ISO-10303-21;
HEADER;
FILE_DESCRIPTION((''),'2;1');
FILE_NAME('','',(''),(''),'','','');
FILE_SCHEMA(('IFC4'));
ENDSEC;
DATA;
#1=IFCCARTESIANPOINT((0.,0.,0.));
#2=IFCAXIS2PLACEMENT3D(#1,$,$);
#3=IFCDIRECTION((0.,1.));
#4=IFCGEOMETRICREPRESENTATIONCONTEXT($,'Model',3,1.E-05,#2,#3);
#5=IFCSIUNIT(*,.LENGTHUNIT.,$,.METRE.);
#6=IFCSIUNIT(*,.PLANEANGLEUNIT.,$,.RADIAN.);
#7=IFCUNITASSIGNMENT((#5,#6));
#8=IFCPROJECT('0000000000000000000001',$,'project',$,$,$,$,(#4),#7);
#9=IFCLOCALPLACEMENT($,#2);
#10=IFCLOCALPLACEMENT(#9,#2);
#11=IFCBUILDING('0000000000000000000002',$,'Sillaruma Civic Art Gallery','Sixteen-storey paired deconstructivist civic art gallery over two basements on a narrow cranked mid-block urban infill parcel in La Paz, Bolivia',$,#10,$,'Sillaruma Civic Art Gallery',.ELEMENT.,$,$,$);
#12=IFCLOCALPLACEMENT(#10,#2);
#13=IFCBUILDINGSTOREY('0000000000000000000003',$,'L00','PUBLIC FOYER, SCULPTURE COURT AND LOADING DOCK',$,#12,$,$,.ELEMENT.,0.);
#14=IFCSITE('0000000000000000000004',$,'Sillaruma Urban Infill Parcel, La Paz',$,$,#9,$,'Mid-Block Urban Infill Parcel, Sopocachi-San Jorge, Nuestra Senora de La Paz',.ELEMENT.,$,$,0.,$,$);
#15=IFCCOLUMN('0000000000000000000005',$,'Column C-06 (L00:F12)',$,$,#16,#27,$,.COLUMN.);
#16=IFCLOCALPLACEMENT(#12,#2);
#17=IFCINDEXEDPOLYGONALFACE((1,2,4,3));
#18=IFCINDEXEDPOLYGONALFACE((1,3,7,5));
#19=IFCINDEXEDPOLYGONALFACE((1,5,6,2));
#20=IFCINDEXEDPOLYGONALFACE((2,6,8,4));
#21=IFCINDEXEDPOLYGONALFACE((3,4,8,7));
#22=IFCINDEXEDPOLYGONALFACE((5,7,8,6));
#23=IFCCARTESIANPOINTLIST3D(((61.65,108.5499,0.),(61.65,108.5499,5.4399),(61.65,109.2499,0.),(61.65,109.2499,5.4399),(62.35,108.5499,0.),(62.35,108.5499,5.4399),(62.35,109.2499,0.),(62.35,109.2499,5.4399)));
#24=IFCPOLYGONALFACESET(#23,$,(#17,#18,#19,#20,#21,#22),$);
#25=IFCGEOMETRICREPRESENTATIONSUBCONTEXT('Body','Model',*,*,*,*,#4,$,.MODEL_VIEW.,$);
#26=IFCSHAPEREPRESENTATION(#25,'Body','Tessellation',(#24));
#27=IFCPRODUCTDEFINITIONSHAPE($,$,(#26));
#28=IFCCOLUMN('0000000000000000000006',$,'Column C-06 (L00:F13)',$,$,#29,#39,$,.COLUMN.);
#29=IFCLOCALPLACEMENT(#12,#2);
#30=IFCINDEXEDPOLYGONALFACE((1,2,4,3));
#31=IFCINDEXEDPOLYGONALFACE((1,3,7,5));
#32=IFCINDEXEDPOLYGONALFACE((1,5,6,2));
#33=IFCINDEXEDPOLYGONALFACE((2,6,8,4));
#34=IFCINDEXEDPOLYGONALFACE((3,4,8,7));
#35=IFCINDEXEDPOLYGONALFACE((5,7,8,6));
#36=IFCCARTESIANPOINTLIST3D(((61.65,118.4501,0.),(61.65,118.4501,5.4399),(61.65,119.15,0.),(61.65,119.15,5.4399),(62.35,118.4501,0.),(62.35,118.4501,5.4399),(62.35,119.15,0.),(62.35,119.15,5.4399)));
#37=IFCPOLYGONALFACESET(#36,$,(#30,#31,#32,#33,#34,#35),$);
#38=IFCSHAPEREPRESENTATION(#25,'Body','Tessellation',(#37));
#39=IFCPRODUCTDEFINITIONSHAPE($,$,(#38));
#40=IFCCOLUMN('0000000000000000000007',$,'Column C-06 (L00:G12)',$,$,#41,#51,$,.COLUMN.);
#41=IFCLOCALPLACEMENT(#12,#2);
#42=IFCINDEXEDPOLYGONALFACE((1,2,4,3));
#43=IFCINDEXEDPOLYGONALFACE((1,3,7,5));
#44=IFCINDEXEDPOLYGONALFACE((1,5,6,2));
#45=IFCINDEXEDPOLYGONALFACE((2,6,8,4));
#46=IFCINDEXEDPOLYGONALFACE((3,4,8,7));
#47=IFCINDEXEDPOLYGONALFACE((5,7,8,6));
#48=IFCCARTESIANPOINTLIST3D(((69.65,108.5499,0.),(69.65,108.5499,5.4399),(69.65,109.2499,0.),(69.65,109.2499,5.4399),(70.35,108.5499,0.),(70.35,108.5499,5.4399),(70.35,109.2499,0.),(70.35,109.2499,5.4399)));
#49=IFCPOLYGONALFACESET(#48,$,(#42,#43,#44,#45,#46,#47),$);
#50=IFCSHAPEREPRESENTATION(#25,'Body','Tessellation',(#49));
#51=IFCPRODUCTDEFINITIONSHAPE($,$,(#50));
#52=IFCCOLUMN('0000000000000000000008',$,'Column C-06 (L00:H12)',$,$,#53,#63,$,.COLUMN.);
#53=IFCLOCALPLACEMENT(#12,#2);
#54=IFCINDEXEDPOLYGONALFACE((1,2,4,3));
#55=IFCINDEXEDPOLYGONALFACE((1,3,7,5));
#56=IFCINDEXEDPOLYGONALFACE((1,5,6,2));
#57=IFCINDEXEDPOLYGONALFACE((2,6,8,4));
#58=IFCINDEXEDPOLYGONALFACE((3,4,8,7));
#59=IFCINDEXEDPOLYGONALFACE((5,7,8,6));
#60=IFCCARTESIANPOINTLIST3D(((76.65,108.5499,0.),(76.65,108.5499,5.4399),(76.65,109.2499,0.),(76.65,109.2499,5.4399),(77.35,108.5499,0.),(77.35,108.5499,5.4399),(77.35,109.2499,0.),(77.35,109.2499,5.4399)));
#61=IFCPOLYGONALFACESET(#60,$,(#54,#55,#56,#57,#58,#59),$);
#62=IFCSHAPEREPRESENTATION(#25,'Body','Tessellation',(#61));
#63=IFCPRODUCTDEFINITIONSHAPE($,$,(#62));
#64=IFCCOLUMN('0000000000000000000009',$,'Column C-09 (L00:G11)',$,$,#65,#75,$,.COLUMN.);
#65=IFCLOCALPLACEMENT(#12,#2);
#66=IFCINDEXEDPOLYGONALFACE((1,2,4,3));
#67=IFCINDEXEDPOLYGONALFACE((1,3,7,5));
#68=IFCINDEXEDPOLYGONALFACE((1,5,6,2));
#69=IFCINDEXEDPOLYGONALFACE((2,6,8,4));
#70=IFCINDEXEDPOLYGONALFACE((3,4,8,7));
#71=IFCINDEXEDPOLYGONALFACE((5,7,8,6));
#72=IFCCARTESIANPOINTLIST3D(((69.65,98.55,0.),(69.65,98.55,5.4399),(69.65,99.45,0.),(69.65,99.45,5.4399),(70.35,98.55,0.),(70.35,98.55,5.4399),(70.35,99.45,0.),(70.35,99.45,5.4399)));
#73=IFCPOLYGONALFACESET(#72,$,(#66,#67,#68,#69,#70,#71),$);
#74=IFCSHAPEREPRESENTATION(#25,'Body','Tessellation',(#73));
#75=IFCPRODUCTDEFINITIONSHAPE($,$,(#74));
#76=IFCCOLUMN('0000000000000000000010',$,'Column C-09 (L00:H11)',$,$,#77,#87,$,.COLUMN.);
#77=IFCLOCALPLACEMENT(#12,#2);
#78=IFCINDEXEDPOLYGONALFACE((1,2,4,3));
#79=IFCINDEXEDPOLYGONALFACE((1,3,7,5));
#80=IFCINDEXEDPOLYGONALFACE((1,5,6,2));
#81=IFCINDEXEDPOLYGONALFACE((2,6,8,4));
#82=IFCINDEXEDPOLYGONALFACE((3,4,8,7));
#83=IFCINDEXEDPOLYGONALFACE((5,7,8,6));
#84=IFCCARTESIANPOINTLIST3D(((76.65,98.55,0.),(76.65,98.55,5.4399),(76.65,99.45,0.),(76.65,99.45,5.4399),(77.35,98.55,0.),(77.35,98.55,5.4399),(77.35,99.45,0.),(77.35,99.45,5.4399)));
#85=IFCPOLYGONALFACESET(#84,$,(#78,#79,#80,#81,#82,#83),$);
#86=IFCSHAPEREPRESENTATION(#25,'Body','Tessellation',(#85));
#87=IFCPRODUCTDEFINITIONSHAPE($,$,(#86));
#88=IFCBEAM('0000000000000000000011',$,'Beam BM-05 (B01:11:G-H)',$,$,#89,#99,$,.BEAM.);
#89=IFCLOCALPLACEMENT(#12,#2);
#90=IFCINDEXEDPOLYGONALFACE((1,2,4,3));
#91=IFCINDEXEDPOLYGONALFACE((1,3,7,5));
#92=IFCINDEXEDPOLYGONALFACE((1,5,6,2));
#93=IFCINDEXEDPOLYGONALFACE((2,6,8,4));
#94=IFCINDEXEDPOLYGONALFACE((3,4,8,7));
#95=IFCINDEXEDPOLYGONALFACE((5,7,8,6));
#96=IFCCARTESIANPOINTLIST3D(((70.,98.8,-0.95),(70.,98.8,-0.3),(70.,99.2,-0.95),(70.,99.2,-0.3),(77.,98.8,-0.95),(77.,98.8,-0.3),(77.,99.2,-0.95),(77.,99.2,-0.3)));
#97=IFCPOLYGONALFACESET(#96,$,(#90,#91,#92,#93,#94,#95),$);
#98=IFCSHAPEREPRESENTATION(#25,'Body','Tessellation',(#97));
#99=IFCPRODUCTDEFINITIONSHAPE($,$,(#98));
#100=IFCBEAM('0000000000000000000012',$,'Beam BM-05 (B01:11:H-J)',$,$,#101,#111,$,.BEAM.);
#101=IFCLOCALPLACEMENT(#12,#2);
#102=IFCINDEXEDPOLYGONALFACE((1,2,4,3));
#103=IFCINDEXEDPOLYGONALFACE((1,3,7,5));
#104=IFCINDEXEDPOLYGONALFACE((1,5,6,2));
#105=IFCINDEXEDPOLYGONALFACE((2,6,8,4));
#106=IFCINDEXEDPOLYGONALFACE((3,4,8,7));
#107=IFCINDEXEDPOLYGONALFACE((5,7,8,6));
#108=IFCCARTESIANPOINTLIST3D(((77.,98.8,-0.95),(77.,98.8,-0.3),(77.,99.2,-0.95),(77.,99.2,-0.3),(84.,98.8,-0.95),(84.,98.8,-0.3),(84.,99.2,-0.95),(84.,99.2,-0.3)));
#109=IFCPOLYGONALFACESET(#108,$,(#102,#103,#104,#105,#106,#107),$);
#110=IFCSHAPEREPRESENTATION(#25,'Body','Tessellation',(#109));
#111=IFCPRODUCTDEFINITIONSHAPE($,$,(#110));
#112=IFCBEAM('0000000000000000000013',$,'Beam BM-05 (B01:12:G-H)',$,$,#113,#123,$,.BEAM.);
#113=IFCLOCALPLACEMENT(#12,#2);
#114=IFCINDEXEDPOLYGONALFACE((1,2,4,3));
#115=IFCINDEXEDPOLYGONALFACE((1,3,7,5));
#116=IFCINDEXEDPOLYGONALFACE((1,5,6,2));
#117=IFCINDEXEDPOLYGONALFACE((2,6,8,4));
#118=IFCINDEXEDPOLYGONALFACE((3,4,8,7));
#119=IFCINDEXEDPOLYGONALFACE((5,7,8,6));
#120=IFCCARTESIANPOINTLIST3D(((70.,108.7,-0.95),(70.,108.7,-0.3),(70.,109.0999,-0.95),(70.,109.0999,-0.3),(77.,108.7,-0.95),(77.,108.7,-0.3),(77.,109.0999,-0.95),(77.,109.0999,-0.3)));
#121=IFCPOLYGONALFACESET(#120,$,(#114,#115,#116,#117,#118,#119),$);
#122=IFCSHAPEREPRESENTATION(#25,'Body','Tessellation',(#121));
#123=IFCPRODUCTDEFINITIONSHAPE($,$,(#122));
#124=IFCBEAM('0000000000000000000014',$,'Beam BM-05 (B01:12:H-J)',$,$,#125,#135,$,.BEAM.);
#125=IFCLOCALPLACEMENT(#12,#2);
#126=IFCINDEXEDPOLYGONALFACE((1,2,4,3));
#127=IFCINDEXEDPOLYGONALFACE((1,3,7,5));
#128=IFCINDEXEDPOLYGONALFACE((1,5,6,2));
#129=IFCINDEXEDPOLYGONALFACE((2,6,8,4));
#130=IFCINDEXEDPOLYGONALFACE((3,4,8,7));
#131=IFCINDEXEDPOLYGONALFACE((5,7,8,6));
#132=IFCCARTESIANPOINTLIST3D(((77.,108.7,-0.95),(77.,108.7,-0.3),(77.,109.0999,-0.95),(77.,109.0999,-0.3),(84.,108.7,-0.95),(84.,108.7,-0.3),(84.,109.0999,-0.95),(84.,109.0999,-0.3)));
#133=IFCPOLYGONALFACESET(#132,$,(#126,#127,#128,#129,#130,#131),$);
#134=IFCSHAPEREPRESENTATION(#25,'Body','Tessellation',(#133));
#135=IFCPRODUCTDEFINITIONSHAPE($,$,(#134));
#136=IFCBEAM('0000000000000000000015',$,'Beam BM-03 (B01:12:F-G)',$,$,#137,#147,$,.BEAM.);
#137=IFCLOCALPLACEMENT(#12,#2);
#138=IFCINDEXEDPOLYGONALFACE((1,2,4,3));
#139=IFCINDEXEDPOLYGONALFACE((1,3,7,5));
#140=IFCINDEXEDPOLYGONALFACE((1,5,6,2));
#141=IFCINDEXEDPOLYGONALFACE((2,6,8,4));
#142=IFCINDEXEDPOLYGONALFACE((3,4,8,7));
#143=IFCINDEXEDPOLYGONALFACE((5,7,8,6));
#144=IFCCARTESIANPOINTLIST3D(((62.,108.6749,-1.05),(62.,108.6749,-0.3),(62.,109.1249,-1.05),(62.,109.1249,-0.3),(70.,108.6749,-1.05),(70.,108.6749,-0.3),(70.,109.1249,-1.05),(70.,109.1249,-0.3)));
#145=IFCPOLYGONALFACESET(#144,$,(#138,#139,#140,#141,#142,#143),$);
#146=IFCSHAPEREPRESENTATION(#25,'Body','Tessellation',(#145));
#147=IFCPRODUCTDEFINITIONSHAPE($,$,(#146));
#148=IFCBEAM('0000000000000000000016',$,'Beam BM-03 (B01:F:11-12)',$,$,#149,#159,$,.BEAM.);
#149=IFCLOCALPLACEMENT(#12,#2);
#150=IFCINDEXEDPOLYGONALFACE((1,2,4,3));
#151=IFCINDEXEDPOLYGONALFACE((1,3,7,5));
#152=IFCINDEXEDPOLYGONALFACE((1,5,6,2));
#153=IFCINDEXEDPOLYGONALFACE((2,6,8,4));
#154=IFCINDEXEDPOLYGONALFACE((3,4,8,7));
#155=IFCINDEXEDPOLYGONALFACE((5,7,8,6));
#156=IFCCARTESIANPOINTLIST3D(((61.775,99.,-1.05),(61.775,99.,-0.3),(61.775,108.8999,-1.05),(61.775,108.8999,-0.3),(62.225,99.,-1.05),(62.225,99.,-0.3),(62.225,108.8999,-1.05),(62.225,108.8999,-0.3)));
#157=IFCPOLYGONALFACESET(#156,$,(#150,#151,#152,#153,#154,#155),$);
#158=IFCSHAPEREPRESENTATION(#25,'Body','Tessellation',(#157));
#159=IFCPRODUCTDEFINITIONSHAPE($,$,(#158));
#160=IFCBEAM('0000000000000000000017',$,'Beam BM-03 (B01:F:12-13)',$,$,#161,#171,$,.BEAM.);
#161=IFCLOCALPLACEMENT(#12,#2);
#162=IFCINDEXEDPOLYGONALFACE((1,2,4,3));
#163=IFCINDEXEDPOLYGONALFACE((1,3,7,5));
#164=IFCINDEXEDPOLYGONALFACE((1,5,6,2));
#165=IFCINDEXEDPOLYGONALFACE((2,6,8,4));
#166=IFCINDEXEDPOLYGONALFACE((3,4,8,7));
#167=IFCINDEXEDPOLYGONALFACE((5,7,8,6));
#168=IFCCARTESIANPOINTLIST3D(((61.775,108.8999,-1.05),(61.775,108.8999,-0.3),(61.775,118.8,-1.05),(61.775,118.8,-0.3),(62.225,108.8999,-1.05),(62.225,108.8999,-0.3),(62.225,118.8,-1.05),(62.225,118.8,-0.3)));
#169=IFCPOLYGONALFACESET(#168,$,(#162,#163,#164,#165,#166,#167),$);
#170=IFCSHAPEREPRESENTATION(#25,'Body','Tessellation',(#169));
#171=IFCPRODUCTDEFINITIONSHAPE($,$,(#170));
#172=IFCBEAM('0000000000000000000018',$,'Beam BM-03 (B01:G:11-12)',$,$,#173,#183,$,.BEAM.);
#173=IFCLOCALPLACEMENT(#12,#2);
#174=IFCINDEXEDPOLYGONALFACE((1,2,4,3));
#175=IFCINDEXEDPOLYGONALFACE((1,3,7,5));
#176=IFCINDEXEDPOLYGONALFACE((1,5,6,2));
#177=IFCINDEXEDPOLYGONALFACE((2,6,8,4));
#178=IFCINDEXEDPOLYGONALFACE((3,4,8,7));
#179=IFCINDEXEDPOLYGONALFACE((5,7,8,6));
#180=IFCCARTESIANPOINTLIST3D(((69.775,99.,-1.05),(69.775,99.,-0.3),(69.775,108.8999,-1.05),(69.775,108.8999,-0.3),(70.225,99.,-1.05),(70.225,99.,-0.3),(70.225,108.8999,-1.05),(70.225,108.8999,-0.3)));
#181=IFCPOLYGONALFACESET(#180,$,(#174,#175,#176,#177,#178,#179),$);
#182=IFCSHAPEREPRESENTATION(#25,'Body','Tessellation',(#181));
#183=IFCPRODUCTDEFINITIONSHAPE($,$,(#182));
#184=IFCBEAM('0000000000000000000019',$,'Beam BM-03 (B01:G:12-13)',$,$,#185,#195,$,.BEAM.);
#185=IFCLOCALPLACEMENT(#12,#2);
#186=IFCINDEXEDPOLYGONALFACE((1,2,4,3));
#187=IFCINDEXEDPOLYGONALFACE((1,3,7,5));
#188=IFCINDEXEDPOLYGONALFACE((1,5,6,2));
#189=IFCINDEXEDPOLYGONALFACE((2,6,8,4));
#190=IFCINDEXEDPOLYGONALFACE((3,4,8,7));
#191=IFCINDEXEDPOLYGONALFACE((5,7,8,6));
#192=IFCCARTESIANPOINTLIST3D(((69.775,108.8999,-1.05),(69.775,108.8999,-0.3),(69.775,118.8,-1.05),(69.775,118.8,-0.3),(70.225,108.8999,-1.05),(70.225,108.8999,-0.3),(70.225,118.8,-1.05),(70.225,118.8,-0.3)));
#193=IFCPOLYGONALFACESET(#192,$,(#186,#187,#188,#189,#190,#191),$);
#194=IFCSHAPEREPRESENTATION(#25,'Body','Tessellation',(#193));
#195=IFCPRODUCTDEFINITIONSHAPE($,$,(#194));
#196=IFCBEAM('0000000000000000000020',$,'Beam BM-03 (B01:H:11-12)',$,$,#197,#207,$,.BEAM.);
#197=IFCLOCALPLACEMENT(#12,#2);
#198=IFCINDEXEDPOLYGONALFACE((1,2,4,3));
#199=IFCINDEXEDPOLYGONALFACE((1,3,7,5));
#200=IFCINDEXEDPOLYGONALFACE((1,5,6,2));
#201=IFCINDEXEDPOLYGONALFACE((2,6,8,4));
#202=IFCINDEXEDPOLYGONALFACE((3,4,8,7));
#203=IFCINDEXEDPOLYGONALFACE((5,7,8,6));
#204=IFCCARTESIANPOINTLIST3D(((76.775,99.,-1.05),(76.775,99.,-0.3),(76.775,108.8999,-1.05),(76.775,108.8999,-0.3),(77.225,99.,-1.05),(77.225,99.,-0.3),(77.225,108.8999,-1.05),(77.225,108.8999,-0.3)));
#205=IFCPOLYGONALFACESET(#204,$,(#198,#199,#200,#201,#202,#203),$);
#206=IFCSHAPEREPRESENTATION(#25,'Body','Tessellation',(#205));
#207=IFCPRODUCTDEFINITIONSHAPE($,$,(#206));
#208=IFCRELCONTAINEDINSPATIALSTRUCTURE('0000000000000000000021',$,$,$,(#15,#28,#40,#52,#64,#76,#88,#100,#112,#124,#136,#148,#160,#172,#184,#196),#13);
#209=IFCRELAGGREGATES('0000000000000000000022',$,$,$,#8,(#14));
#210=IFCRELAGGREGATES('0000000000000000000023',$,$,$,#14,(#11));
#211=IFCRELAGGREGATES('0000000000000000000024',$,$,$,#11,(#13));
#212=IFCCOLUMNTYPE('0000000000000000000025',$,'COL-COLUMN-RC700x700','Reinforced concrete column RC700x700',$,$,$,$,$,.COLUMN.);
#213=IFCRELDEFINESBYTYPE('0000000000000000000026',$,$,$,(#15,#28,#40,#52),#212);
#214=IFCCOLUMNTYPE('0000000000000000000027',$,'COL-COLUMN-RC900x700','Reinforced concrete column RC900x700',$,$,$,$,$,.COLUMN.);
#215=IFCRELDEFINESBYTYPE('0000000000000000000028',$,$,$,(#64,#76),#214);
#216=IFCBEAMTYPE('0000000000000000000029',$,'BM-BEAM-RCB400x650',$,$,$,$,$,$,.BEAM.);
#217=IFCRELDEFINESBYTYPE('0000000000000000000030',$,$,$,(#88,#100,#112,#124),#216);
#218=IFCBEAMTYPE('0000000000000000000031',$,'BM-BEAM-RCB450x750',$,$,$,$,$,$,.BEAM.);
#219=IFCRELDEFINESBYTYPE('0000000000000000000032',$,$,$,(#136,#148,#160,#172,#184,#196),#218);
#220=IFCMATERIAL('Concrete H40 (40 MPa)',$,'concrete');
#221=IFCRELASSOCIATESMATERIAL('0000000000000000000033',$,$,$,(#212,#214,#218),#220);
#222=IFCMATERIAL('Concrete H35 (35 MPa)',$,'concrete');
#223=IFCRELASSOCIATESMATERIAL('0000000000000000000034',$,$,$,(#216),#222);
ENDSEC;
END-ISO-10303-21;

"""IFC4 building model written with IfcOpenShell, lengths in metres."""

from ifc_helpers import new_model, si_unit, direction, frame, origin, origin_2d, place, context, subcontext, project, spatial, rectangle, extrude, material, material_profile, profile_set, type_object, element, save


model = new_model("IFC4")

# Units and contexts
model_context = context("Model", 3, precision=1e-05, world=origin(), true_north=direction((0.0, 1.0)))
body_context = subcontext(model_context, "Body", "Model", "MODEL_VIEW")
ifc_project = project(units=[si_unit("LENGTHUNIT", "METRE"), si_unit("PLANEANGLEUNIT", "RADIAN")], contexts=[model_context])

# Site, building, storey
site_placement = place(None, origin())
site = spatial("IfcSite", under=ifc_project, at=site_placement, Name="Sillaruma Urban Infill Parcel, La Paz", LongName="Mid-Block Urban Infill Parcel, Sopocachi-San Jorge, Nuestra Senora de La Paz", CompositionType="ELEMENT", RefElevation=0.0)
building_placement = place(site_placement, origin())
building = spatial("IfcBuilding", under=site, at=building_placement, Name="Sillaruma Civic Art Gallery", Description="Sixteen-storey paired deconstructivist civic art gallery over two basements on a narrow cranked mid-block urban infill parcel in La Paz, Bolivia", LongName="Sillaruma Civic Art Gallery", CompositionType="ELEMENT")
storey_placement = place(building_placement, origin())
storey = spatial("IfcBuildingStorey", under=building, at=storey_placement, Name="L00", Description="PUBLIC FOYER, SCULPTURE COURT AND LOADING DOCK", CompositionType="ELEMENT", Elevation=0.0)

# Columns
ifc_material_1 = material(Name="Concrete H40 (40 MPa)", Category="concrete")
ifc_material_profile_1 = material_profile(ifc_material_1, rectangle(XDim=0.7, YDim=0.7, at=origin_2d()), Name="RC700x700")
ifc_profile_set_1 = profile_set([ifc_material_profile_1], Name="Concrete H40 (40 MPa)")
column_type_1 = type_object("IfcColumnType", Name="COL-COLUMN-RC700x700", Description="Reinforced concrete column RC700x700", PredefinedType="COLUMN", material=ifc_profile_set_1)
for number, where, z_axis, x_axis, name in (
    (1, (62.0, 108.8999, 0.0), (0.0, 0.0, 1.0), (1.0, 0.0, 0.0), "Column C-06 (L00:F12)"),
    (2, (62.0, 118.8, 0.0), (0.0, 0.0, 1.0), (1.0, 0.0, 0.0), "Column C-06 (L00:F13)"),
    (3, (70.0, 108.8999, 0.0), (0.0, 0.0, 1.0), (1.0, 0.0, 0.0), "Column C-06 (L00:G12)"),
    (4, (77.0, 108.8999, 0.0), (0.0, 0.0, 1.0), (1.0, 0.0, 0.0), "Column C-06 (L00:H12)"),
):
    element("IfcColumn", number, at=place(storey_placement, frame(where, z_axis=z_axis, x_axis=x_axis)), inside=storey, type_object=column_type_1, Name=name, PredefinedType="COLUMN", context=body_context, shape_type="SweptSolid", body=[
        extrude(rectangle(XDim=0.7, YDim=0.7, at=origin_2d()), origin(), (0.0, 0.0, 1.0), 5.4399),
    ])
ifc_material_profile_2 = material_profile(ifc_material_1, rectangle(XDim=0.7, YDim=0.8999, at=origin_2d()), Name="RC900x700")
ifc_profile_set_2 = profile_set([ifc_material_profile_2], Name="Concrete H40 (40 MPa)")
column_type_2 = type_object("IfcColumnType", Name="COL-COLUMN-RC900x700", Description="Reinforced concrete column RC900x700", PredefinedType="COLUMN", material=ifc_profile_set_2)
for number, where, z_axis, x_axis, name in (
    (5, (70.0, 99.0, 0.0), (0.0, 0.0, 1.0), (1.0, 0.0, 0.0), "Column C-09 (L00:G11)"),
    (6, (77.0, 99.0, 0.0), (0.0, 0.0, 1.0), (1.0, 0.0, 0.0), "Column C-09 (L00:H11)"),
):
    element("IfcColumn", number, at=place(storey_placement, frame(where, z_axis=z_axis, x_axis=x_axis)), inside=storey, type_object=column_type_2, Name=name, PredefinedType="COLUMN", context=body_context, shape_type="SweptSolid", body=[
        extrude(rectangle(XDim=0.7, YDim=0.8999, at=origin_2d()), origin(), (0.0, 0.0, 1.0), 5.4399),
    ])

# Beams
ifc_material_2 = material(Name="Concrete H35 (35 MPa)", Category="concrete")
ifc_material_profile_3 = material_profile(ifc_material_2, rectangle(XDim=0.3999, YDim=0.6499, at=origin_2d()), Name="RCB400x650")
ifc_profile_set_3 = profile_set([ifc_material_profile_3], Name="Concrete H35 (35 MPa)")
beam_type_1 = type_object("IfcBeamType", Name="BM-BEAM-RCB400x650", PredefinedType="BEAM", material=ifc_profile_set_3)
for number, where, z_axis, x_axis, name in (
    (7, (70.0, 99.0, -0.625), (1.0, 0.0, 0.0), (0.0, 1.0, 0.0), "Beam BM-05 (B01:11:G-H)"),
    (8, (77.0, 99.0, -0.625), (1.0, 0.0, 0.0), (0.0, 1.0, 0.0), "Beam BM-05 (B01:11:H-J)"),
    (9, (70.0, 108.8999, -0.625), (1.0, 0.0, 0.0), (0.0, 1.0, 0.0), "Beam BM-05 (B01:12:G-H)"),
    (10, (77.0, 108.8999, -0.625), (1.0, 0.0, 0.0), (0.0, 1.0, 0.0), "Beam BM-05 (B01:12:H-J)"),
):
    element("IfcBeam", number, at=place(storey_placement, frame(where, z_axis=z_axis, x_axis=x_axis)), inside=storey, type_object=beam_type_1, Name=name, PredefinedType="BEAM", context=body_context, shape_type="SweptSolid", body=[
        extrude(rectangle(XDim=0.3999, YDim=0.6499, at=origin_2d()), origin(), (0.0, 0.0, 1.0), 7.0),
    ])
ifc_material_profile_4 = material_profile(ifc_material_1, rectangle(XDim=0.45, YDim=0.75, at=origin_2d()), Name="RCB450x750")
ifc_profile_set_4 = profile_set([ifc_material_profile_4], Name="Concrete H40 (40 MPa)")
beam_type_2 = type_object("IfcBeamType", Name="BM-BEAM-RCB450x750", PredefinedType="BEAM", material=ifc_profile_set_4)
beam_1_placement = place(storey_placement, frame((62.0, 108.8999, -0.675), z_axis=(1.0, 0.0, 0.0), x_axis=(0.0, 1.0, 0.0)))
element("IfcBeam", 11, at=beam_1_placement, inside=storey, type_object=beam_type_2, Name="Beam BM-03 (B01:12:F-G)", PredefinedType="BEAM", context=body_context, shape_type="SweptSolid", body=[
    extrude(rectangle(XDim=0.45, YDim=0.75, at=origin_2d()), origin(), (0.0, 0.0, 1.0), 8.0),
])
beam_2_placement = place(storey_placement, frame((62.0, 99.0, -0.675), z_axis=(0.0, 1.0, 0.0), x_axis=(-1.0, 0.0, 0.0)))
element("IfcBeam", 12, at=beam_2_placement, inside=storey, type_object=beam_type_2, Name="Beam BM-03 (B01:F:11-12)", PredefinedType="BEAM", context=body_context, shape_type="SweptSolid", body=[
    extrude(rectangle(XDim=0.45, YDim=0.75, at=origin_2d()), origin(), (0.0, 0.0, 1.0), 9.8999),
])
beam_3_placement = place(storey_placement, frame((62.0, 108.8999, -0.675), z_axis=(0.0, 1.0, 0.0), x_axis=(-1.0, 0.0, 0.0)))
element("IfcBeam", 13, at=beam_3_placement, inside=storey, type_object=beam_type_2, Name="Beam BM-03 (B01:F:12-13)", PredefinedType="BEAM", context=body_context, shape_type="SweptSolid", body=[
    extrude(rectangle(XDim=0.45, YDim=0.75, at=origin_2d()), origin(), (0.0, 0.0, 1.0), 9.9001),
])
beam_4_placement = place(storey_placement, frame((70.0, 99.0, -0.675), z_axis=(0.0, 1.0, 0.0), x_axis=(-1.0, 0.0, 0.0)))
element("IfcBeam", 14, at=beam_4_placement, inside=storey, type_object=beam_type_2, Name="Beam BM-03 (B01:G:11-12)", PredefinedType="BEAM", context=body_context, shape_type="SweptSolid", body=[
    extrude(rectangle(XDim=0.45, YDim=0.75, at=origin_2d()), origin(), (0.0, 0.0, 1.0), 9.8999),
])
beam_5_placement = place(storey_placement, frame((70.0, 108.8999, -0.675), z_axis=(0.0, 1.0, 0.0), x_axis=(-1.0, 0.0, 0.0)))
element("IfcBeam", 15, at=beam_5_placement, inside=storey, type_object=beam_type_2, Name="Beam BM-03 (B01:G:12-13)", PredefinedType="BEAM", context=body_context, shape_type="SweptSolid", body=[
    extrude(rectangle(XDim=0.45, YDim=0.75, at=origin_2d()), origin(), (0.0, 0.0, 1.0), 9.9001),
])
beam_6_placement = place(storey_placement, frame((77.0, 99.0, -0.675), z_axis=(0.0, 1.0, 0.0), x_axis=(-1.0, 0.0, 0.0)))
element("IfcBeam", 16, at=beam_6_placement, inside=storey, type_object=beam_type_2, Name="Beam BM-03 (B01:H:11-12)", PredefinedType="BEAM", context=body_context, shape_type="SweptSolid", body=[
    extrude(rectangle(XDim=0.45, YDim=0.75, at=origin_2d()), origin(), (0.0, 0.0, 1.0), 9.8999),
])

save(model, "model.ifc")
